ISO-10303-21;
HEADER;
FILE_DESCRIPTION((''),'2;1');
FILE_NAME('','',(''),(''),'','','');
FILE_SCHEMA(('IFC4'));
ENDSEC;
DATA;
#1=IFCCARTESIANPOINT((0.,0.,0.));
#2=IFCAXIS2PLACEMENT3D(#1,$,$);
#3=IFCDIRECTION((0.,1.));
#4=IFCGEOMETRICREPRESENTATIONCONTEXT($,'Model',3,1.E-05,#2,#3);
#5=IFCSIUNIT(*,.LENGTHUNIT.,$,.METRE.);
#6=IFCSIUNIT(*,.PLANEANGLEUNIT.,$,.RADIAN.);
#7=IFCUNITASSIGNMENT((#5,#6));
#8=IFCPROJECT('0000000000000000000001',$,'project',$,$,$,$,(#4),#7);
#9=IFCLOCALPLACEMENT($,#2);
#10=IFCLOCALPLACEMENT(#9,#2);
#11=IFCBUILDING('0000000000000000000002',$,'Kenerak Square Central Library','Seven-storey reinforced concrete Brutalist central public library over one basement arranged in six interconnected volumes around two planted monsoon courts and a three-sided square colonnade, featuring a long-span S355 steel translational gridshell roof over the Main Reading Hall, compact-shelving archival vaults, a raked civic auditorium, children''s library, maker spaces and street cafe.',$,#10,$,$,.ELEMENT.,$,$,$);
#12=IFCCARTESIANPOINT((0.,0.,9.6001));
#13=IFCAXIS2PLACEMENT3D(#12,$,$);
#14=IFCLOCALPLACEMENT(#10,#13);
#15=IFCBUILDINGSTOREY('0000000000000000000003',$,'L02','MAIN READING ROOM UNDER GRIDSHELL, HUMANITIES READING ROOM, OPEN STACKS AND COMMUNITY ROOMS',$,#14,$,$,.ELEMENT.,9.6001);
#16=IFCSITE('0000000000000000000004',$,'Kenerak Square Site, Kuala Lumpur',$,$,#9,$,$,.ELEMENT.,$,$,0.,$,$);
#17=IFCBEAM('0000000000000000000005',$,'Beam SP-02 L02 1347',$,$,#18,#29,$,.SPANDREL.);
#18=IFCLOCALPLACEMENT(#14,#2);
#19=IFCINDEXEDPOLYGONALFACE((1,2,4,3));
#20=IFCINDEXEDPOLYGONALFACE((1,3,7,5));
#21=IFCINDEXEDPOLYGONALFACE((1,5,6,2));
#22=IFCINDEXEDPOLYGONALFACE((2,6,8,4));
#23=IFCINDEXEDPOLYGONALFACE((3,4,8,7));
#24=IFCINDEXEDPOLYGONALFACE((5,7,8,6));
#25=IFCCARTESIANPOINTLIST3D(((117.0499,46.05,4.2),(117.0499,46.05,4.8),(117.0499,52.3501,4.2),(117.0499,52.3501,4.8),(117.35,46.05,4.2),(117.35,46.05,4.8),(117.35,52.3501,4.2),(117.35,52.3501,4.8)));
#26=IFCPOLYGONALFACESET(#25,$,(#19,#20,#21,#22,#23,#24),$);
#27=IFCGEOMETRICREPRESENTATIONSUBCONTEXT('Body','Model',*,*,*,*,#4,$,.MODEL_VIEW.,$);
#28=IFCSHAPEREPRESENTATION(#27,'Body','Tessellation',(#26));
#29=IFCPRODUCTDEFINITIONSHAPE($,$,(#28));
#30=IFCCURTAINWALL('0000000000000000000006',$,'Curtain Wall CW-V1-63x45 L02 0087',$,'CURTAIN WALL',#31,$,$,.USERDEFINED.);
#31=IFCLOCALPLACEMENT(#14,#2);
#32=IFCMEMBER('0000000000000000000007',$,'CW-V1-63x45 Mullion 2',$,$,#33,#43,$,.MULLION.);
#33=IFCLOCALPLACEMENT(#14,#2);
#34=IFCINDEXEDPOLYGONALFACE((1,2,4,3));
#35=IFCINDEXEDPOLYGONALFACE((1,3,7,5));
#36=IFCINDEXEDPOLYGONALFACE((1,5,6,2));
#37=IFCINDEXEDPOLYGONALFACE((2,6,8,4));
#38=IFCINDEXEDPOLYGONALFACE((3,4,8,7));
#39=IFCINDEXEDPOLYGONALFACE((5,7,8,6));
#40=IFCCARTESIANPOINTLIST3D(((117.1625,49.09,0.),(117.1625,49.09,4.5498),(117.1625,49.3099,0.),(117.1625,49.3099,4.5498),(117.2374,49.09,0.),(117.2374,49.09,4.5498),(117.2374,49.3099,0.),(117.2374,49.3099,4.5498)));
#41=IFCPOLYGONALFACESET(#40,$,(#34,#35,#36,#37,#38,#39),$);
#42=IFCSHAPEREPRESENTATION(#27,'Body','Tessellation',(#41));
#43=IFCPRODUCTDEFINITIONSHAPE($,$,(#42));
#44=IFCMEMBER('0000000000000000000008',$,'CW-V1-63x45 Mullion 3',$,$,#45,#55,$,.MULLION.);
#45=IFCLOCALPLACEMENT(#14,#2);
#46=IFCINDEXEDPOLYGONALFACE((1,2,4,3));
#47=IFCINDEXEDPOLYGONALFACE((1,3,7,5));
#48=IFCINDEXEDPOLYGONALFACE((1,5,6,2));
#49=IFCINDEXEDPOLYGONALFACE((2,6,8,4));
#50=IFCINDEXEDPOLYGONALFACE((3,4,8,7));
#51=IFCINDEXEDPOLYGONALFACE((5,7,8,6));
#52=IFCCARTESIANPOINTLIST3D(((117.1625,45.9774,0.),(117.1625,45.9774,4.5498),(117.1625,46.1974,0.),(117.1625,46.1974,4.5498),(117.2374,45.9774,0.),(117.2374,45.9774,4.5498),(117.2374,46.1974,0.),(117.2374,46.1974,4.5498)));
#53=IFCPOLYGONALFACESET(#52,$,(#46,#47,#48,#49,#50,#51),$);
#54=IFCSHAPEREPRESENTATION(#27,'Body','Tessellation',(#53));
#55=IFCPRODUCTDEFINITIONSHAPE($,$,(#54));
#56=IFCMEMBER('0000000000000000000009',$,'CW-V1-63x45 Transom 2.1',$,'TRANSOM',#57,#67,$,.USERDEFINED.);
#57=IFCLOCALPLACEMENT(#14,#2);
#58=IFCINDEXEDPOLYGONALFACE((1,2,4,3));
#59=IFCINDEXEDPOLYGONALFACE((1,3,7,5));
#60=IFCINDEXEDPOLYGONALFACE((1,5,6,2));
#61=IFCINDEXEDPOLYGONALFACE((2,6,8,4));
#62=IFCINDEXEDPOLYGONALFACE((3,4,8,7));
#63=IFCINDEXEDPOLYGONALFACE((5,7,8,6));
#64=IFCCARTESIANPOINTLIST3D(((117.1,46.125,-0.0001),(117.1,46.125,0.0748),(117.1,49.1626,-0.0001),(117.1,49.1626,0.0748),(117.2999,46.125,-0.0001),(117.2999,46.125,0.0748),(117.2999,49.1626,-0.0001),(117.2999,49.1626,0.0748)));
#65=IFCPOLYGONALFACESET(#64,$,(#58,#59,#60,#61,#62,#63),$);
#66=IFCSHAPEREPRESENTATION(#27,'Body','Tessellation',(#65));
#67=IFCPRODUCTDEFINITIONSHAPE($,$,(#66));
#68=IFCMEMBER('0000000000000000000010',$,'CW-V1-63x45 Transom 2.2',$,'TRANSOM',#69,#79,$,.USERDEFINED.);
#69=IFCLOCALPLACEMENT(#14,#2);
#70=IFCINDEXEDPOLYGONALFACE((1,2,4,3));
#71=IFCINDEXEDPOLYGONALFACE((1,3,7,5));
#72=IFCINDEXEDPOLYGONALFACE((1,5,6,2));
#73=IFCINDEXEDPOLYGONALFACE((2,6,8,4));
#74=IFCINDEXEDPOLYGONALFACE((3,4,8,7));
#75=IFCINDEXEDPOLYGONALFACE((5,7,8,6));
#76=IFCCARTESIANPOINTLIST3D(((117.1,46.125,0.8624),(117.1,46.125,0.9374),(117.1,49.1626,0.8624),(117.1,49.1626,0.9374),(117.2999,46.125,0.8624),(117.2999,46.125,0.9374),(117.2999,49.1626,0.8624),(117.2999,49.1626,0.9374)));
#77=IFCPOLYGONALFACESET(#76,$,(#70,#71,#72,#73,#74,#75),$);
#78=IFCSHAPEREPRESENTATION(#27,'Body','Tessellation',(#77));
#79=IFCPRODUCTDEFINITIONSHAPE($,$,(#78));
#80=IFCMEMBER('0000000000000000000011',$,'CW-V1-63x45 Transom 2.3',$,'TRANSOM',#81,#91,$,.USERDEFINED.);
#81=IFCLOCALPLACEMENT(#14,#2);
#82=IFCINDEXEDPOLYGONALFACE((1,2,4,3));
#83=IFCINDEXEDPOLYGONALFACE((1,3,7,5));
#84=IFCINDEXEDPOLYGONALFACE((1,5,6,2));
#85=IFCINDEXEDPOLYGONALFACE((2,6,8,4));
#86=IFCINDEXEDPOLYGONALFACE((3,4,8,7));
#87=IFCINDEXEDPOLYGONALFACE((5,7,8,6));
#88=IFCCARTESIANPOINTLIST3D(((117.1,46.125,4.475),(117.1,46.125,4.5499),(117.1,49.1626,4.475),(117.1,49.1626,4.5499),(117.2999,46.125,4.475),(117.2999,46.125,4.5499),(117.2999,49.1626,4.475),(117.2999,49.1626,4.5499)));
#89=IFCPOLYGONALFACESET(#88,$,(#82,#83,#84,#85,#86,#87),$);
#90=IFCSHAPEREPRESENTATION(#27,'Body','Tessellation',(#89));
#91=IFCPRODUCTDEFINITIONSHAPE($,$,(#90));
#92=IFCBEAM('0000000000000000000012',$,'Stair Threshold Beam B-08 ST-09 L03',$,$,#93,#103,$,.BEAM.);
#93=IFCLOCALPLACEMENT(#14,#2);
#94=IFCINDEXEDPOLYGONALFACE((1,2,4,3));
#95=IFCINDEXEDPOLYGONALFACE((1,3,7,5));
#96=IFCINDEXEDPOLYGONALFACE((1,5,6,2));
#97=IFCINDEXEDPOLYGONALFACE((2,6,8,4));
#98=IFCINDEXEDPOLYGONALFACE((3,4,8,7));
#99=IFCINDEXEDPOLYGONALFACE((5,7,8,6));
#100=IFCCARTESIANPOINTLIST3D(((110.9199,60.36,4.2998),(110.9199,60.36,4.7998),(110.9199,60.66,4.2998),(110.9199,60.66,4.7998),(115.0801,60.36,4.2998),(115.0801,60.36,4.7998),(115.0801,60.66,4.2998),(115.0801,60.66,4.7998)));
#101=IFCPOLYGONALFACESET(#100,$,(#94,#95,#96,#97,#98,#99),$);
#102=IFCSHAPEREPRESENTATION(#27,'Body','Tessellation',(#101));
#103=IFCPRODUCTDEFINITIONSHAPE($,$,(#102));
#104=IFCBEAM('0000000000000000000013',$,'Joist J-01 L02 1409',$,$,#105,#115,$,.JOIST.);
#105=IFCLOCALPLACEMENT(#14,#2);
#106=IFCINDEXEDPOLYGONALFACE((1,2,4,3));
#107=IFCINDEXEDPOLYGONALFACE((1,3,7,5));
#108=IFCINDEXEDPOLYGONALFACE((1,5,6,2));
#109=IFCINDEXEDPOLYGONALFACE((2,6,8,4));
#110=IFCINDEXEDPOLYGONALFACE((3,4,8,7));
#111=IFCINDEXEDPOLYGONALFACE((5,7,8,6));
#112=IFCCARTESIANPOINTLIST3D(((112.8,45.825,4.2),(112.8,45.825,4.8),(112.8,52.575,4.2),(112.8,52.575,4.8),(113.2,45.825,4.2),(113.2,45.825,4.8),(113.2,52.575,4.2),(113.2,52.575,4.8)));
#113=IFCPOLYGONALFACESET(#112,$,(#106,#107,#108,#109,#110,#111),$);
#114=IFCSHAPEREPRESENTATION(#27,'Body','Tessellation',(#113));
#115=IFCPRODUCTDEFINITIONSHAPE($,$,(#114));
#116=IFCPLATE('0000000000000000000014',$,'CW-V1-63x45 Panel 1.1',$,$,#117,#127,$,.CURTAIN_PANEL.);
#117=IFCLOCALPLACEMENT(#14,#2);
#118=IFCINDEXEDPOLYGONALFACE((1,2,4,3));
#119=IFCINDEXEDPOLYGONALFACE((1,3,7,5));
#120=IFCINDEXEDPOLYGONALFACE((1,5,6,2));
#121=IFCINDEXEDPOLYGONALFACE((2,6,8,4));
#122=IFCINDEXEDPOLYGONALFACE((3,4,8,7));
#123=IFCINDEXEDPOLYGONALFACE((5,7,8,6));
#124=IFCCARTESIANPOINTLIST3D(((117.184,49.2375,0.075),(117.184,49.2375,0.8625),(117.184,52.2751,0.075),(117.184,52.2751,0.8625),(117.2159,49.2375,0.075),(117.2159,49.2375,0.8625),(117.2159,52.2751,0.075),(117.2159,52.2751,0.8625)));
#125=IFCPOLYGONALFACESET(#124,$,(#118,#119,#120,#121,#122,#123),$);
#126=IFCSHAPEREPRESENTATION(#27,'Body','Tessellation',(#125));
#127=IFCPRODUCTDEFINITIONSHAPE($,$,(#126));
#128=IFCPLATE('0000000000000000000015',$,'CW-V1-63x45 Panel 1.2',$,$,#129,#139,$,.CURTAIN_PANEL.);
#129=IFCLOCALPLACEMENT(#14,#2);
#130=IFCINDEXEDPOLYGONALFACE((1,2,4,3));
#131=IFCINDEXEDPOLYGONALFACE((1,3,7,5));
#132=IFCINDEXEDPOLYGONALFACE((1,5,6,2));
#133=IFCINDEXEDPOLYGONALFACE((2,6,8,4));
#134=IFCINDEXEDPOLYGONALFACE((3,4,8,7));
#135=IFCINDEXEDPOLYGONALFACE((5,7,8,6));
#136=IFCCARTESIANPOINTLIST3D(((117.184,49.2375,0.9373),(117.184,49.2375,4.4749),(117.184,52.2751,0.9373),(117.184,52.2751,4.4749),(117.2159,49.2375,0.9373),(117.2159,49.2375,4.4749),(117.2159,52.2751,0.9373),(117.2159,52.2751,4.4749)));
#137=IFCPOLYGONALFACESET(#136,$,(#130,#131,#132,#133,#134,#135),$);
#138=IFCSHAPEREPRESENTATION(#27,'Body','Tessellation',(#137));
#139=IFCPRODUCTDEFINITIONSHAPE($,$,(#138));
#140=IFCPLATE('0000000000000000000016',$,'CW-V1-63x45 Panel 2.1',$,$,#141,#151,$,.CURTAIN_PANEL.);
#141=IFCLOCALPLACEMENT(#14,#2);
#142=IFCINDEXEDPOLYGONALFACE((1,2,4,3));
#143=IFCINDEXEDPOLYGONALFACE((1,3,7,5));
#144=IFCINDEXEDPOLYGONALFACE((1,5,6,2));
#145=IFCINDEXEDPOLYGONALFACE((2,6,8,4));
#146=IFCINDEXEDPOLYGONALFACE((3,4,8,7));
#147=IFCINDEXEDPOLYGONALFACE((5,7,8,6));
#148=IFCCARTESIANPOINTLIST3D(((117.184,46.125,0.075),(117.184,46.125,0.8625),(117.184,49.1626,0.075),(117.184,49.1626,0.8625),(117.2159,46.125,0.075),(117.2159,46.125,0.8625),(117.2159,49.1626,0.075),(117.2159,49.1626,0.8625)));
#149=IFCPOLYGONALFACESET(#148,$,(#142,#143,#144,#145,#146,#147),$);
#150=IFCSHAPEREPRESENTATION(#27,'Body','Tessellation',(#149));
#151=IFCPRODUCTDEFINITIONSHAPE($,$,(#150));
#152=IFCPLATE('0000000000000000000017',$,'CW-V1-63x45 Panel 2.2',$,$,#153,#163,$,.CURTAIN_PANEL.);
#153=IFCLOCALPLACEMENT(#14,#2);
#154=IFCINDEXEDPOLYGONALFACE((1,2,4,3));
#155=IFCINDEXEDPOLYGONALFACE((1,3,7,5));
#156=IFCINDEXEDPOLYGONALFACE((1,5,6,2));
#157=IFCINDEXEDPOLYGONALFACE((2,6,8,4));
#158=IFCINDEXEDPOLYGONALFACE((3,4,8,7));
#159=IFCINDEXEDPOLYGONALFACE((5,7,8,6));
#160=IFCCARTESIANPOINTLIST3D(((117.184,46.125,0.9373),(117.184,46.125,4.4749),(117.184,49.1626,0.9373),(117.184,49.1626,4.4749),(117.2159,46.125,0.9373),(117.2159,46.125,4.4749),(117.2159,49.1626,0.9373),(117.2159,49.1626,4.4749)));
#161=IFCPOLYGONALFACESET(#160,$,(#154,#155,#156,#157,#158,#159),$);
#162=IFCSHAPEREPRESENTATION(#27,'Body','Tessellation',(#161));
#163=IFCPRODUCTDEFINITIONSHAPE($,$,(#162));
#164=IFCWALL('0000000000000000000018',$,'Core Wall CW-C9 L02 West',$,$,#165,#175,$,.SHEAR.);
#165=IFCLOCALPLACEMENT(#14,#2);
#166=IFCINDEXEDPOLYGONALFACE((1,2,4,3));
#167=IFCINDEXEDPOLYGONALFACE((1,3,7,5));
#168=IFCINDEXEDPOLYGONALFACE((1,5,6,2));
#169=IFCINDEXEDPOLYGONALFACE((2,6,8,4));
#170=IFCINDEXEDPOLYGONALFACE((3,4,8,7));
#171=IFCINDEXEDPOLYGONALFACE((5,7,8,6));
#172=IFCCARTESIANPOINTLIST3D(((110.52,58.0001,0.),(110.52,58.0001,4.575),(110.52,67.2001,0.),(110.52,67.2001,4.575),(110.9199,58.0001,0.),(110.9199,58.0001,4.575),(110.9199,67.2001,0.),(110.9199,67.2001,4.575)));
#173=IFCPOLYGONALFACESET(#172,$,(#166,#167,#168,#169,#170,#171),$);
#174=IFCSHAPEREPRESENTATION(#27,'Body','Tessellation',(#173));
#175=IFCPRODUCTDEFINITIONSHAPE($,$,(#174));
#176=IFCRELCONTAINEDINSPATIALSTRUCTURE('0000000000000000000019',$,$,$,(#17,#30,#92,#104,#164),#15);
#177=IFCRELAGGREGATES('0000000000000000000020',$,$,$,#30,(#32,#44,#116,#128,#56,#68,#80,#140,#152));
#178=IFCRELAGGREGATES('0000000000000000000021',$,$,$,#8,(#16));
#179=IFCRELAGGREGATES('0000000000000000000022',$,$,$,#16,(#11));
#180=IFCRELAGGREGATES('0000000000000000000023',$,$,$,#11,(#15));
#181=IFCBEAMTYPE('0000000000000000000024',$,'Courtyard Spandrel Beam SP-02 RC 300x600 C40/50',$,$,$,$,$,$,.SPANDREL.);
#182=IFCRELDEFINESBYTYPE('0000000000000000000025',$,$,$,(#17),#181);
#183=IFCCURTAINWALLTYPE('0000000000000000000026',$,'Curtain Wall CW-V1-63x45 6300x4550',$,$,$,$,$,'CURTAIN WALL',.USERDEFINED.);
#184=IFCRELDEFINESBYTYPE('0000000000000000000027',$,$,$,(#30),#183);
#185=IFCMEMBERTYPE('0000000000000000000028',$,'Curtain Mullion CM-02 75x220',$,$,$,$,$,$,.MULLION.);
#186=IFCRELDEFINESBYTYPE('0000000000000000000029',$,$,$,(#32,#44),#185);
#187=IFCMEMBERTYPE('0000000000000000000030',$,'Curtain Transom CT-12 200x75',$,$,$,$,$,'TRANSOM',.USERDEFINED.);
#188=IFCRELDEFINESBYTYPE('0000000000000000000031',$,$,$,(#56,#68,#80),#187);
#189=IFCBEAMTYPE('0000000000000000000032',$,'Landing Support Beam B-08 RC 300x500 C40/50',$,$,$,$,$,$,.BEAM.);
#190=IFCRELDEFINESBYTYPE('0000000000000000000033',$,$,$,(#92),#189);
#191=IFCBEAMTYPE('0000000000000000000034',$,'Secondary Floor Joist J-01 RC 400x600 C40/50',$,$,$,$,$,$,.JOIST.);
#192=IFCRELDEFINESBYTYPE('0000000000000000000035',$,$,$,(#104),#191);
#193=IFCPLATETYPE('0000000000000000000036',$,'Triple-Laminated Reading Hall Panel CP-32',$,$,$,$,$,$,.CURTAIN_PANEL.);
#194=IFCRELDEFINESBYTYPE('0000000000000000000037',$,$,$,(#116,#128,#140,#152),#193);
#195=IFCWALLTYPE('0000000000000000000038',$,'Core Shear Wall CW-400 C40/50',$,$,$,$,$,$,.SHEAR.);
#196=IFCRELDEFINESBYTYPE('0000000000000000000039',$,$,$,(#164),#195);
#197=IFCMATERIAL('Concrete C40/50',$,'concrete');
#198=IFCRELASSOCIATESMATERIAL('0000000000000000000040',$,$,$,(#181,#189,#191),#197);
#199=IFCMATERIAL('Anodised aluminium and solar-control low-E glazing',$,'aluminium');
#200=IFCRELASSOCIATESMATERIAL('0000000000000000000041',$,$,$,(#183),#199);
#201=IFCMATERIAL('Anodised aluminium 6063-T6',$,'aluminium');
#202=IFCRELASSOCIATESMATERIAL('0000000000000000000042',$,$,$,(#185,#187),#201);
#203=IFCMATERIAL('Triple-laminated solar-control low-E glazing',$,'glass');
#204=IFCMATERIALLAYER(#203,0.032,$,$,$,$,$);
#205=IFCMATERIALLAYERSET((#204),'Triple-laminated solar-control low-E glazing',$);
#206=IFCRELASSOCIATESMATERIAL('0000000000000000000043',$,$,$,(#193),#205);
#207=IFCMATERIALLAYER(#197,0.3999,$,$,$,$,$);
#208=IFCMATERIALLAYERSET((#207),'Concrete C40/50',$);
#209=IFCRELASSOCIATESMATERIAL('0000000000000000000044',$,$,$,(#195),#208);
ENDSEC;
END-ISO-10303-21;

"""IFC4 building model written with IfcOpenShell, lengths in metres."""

from ifc_helpers import new_model, si_unit, direction, frame, frame_2d, origin, origin_2d, place, context, subcontext, project, spatial, rectangle, extrude, material, layer, layer_set, material_profile, profile_set, type_object, element, aggregate, save


model = new_model("IFC4")

# Units and contexts
model_context = context("Model", 3, precision=1e-05, world=origin(), true_north=direction((0.0, 1.0)))
body_context = subcontext(model_context, "Body", "Model", "MODEL_VIEW")
ifc_project = project(units=[si_unit("LENGTHUNIT", "METRE"), si_unit("PLANEANGLEUNIT", "RADIAN")], contexts=[model_context])

# Site, building, storey
site_placement = place(None, origin())
site = spatial("IfcSite", under=ifc_project, at=site_placement, Name="Kenerak Square Site, Kuala Lumpur", CompositionType="ELEMENT", RefElevation=0.0)
building_placement = place(site_placement, origin())
building = spatial("IfcBuilding", under=site, at=building_placement, Name="Kenerak Square Central Library", Description="Seven-storey reinforced concrete Brutalist central public library over one basement arranged in six interconnected volumes around two planted monsoon courts and a three-sided square colonnade, featuring a long-span S355 steel translational gridshell roof over the Main Reading Hall, compact-shelving archival vaults, a raked civic auditorium, children's library, maker spaces and street cafe.", CompositionType="ELEMENT")
storey_placement = place(building_placement, frame((0.0, 0.0, 9.6001)))
storey = spatial("IfcBuildingStorey", under=building, at=storey_placement, Name="L02", Description="MAIN READING ROOM UNDER GRIDSHELL, HUMANITIES READING ROOM, OPEN STACKS AND COMMUNITY ROOMS", CompositionType="ELEMENT", Elevation=9.6001)

# Beam
ifc_material_1 = material(Name="Concrete C40/50", Category="concrete")
ifc_material_profile_1 = material_profile(ifc_material_1, rectangle(XDim=0.3, YDim=0.6001, at=origin_2d()), Name="RC 300x600")
ifc_profile_set_1 = profile_set([ifc_material_profile_1], Name="Concrete C40/50")
beam_type_1 = type_object("IfcBeamType", Name="Courtyard Spandrel Beam SP-02 RC 300x600 C40/50", PredefinedType="SPANDREL", material=ifc_profile_set_1)
beam_1_placement = place(storey_placement, frame((117.2, 46.05, 4.5), z_axis=(0.0, 1.0, 0.0), x_axis=(-1.0, 0.0, 0.0)))
element("IfcBeam", 1, at=beam_1_placement, inside=storey, type_object=beam_type_1, Name="Beam SP-02 L02 1347", PredefinedType="SPANDREL", context=body_context, shape_type="SweptSolid", body=[
    extrude(rectangle(XDim=0.3, YDim=0.6001, at=origin_2d()), origin(), (0.0, 0.0, 1.0), 6.3),
])

# Curtain wall, members
ifc_material_2 = material(Name="Anodised aluminium and solar-control low-E glazing", Category="aluminium")
curtain_wall_type = type_object("IfcCurtainWallType", Name="Curtain Wall CW-V1-63x45 6300x4550", ElementType="CURTAIN WALL", PredefinedType="USERDEFINED", material=ifc_material_2)
curtain_wall_placement = place(storey_placement, origin())
curtain_wall = element("IfcCurtainWall", 2, at=curtain_wall_placement, inside=storey, type_object=curtain_wall_type, Name="Curtain Wall CW-V1-63x45 L02 0087", ObjectType="CURTAIN WALL", PredefinedType="USERDEFINED")
ifc_material_3 = material(Name="Anodised aluminium 6063-T6", Category="aluminium")
ifc_material_profile_2 = material_profile(ifc_material_3, rectangle(XDim=0.075, YDim=0.22, at=origin_2d()), Name="AL MULLION 75x220")
ifc_profile_set_2 = profile_set([ifc_material_profile_2], Name="Anodised aluminium 6063-T6")
member_type_1 = type_object("IfcMemberType", Name="Curtain Mullion CM-02 75x220", PredefinedType="MULLION", material=ifc_profile_set_2)
member_1_placement = place(storey_placement, frame((117.2, 49.2, 0.0), z_axis=(0.0, 0.0, 1.0), x_axis=(1.0, 0.0, 0.0)))
member_1 = element("IfcMember", 3, at=member_1_placement, type_object=member_type_1, Name="CW-V1-63x45 Mullion 2", PredefinedType="MULLION", context=body_context, shape_type="SweptSolid", body=[
    extrude(rectangle(XDim=0.075, YDim=0.22, at=origin_2d()), origin(), (0.0, 0.0, 1.0), 4.5498),
])
member_2_placement = place(storey_placement, frame((117.2, 46.0874, 0.0), z_axis=(0.0, 0.0, 1.0), x_axis=(1.0, 0.0, 0.0)))
member_2 = element("IfcMember", 4, at=member_2_placement, type_object=member_type_1, Name="CW-V1-63x45 Mullion 3", PredefinedType="MULLION", context=body_context, shape_type="SweptSolid", body=[
    extrude(rectangle(XDim=0.075, YDim=0.22, at=origin_2d()), origin(), (0.0, 0.0, 1.0), 4.5498),
])
ifc_material_profile_3 = material_profile(ifc_material_3, rectangle(XDim=0.2, YDim=0.075, at=origin_2d()), Name="AL TRANSOM 200x75")
ifc_profile_set_3 = profile_set([ifc_material_profile_3], Name="Anodised aluminium 6063-T6")
member_type_2 = type_object("IfcMemberType", Name="Curtain Transom CT-12 200x75", ElementType="TRANSOM", PredefinedType="USERDEFINED", material=ifc_profile_set_3)
member_3_placement = place(storey_placement, frame((117.2, 49.1626, 0.0374), z_axis=(0.0, -1.0, 0.0), x_axis=(1.0, 0.0, 0.0)))
member_3 = element("IfcMember", 5, at=member_3_placement, type_object=member_type_2, Name="CW-V1-63x45 Transom 2.1", ObjectType="TRANSOM", PredefinedType="USERDEFINED", context=body_context, shape_type="SweptSolid", body=[
    extrude(rectangle(XDim=0.2, YDim=0.075, at=origin_2d()), origin(), (0.0, 0.0, 1.0), 3.0376),
])
member_4_placement = place(storey_placement, frame((117.2, 49.1626, 0.8999), z_axis=(0.0, -1.0, 0.0), x_axis=(1.0, 0.0, 0.0)))
member_4 = element("IfcMember", 6, at=member_4_placement, type_object=member_type_2, Name="CW-V1-63x45 Transom 2.2", ObjectType="TRANSOM", PredefinedType="USERDEFINED", context=body_context, shape_type="SweptSolid", body=[
    extrude(rectangle(XDim=0.2, YDim=0.075, at=origin_2d()), origin(), (0.0, 0.0, 1.0), 3.0376),
])
member_5_placement = place(storey_placement, frame((117.2, 49.1626, 4.5125), z_axis=(0.0, -1.0, 0.0), x_axis=(1.0, 0.0, 0.0)))
member_5 = element("IfcMember", 7, at=member_5_placement, type_object=member_type_2, Name="CW-V1-63x45 Transom 2.3", ObjectType="TRANSOM", PredefinedType="USERDEFINED", context=body_context, shape_type="SweptSolid", body=[
    extrude(rectangle(XDim=0.2, YDim=0.075, at=origin_2d()), origin(), (0.0, 0.0, 1.0), 3.0376),
])

# Beams
ifc_material_profile_4 = material_profile(ifc_material_1, rectangle(XDim=0.3, YDim=0.5, at=origin_2d()), Name="RC 300x500")
ifc_profile_set_4 = profile_set([ifc_material_profile_4], Name="Concrete C40/50")
beam_type_2 = type_object("IfcBeamType", Name="Landing Support Beam B-08 RC 300x500 C40/50", PredefinedType="BEAM", material=ifc_profile_set_4)
beam_2_placement = place(storey_placement, frame((110.9199, 60.51, 4.5498), z_axis=(1.0, 0.0, 0.0), x_axis=(0.0, 1.0, 0.0)))
element("IfcBeam", 8, at=beam_2_placement, inside=storey, type_object=beam_type_2, Name="Stair Threshold Beam B-08 ST-09 L03", PredefinedType="BEAM", context=body_context, shape_type="SweptSolid", body=[
    extrude(rectangle(XDim=0.3, YDim=0.5, at=origin_2d()), origin(), (0.0, 0.0, 1.0), 4.1602),
])
ifc_material_profile_5 = material_profile(ifc_material_1, rectangle(XDim=0.3999, YDim=0.6001, at=origin_2d()), Name="RC 400x600")
ifc_profile_set_5 = profile_set([ifc_material_profile_5], Name="Concrete C40/50")
beam_type_3 = type_object("IfcBeamType", Name="Secondary Floor Joist J-01 RC 400x600 C40/50", PredefinedType="JOIST", material=ifc_profile_set_5)
beam_3_placement = place(storey_placement, frame((113.0, 45.825, 4.5), z_axis=(0.0, 1.0, 0.0), x_axis=(-1.0, 0.0, 0.0)))
element("IfcBeam", 9, at=beam_3_placement, inside=storey, type_object=beam_type_3, Name="Joist J-01 L02 1409", PredefinedType="JOIST", context=body_context, shape_type="SweptSolid", body=[
    extrude(rectangle(XDim=0.3999, YDim=0.6001, at=origin_2d()), origin(), (0.0, 0.0, 1.0), 6.75),
])

# Plates
ifc_material_4 = material(Name="Triple-laminated solar-control low-E glazing", Category="glass")
ifc_layer_1 = layer(ifc_material_4, 0.032)
ifc_layer_set_1 = layer_set([ifc_layer_1], Name="Triple-laminated solar-control low-E glazing")
plate_type = type_object("IfcPlateType", Name="Triple-Laminated Reading Hall Panel CP-32", PredefinedType="CURTAIN_PANEL", material=ifc_layer_set_1)
plate_1_placement = place(storey_placement, frame((117.2, 50.7563, 0.075), z_axis=(0.0, 0.0, 1.0), x_axis=(0.0, -1.0, 0.0)))
plate_1 = element("IfcPlate", 10, at=plate_1_placement, type_object=plate_type, Name="CW-V1-63x45 Panel 1.1", PredefinedType="CURTAIN_PANEL", context=body_context, shape_type="SweptSolid", body=[
    extrude(rectangle(XDim=3.0376, YDim=0.032, at=origin_2d()), origin(), (0.0, 0.0, 1.0), 0.7876),
])
plate_2_placement = place(storey_placement, frame((117.2, 50.7563, 0.9373), z_axis=(0.0, 0.0, 1.0), x_axis=(0.0, -1.0, 0.0)))
plate_2 = element("IfcPlate", 11, at=plate_2_placement, type_object=plate_type, Name="CW-V1-63x45 Panel 1.2", PredefinedType="CURTAIN_PANEL", context=body_context, shape_type="SweptSolid", body=[
    extrude(rectangle(XDim=3.0376, YDim=0.032, at=origin_2d()), origin(), (0.0, 0.0, 1.0), 3.5376),
])
plate_3_placement = place(storey_placement, frame((117.2, 47.6438, 0.075), z_axis=(0.0, 0.0, 1.0), x_axis=(0.0, -1.0, 0.0)))
plate_3 = element("IfcPlate", 12, at=plate_3_placement, type_object=plate_type, Name="CW-V1-63x45 Panel 2.1", PredefinedType="CURTAIN_PANEL", context=body_context, shape_type="SweptSolid", body=[
    extrude(rectangle(XDim=3.0376, YDim=0.032, at=origin_2d()), origin(), (0.0, 0.0, 1.0), 0.7876),
])
plate_4_placement = place(storey_placement, frame((117.2, 47.6438, 0.9373), z_axis=(0.0, 0.0, 1.0), x_axis=(0.0, -1.0, 0.0)))
plate_4 = element("IfcPlate", 13, at=plate_4_placement, type_object=plate_type, Name="CW-V1-63x45 Panel 2.2", PredefinedType="CURTAIN_PANEL", context=body_context, shape_type="SweptSolid", body=[
    extrude(rectangle(XDim=3.0376, YDim=0.032, at=origin_2d()), origin(), (0.0, 0.0, 1.0), 3.5376),
])
aggregate(curtain_wall, [member_1, member_2, plate_1, plate_2, member_3, member_4, member_5, plate_3, plate_4])

# Wall
ifc_layer_2 = layer(ifc_material_1, 0.3999)
ifc_layer_set_2 = layer_set([ifc_layer_2], Name="Concrete C40/50")
wall_type = type_object("IfcWallType", Name="Core Shear Wall CW-400 C40/50", PredefinedType="SHEAR", material=ifc_layer_set_2)
wall_1_placement = place(storey_placement, frame((110.72, 58.0, 0.0), z_axis=(0.0, 0.0, 1.0), x_axis=(0.0, 1.0, 0.0)))
element("IfcWall", 14, at=wall_1_placement, inside=storey, type_object=wall_type, Name="Core Wall CW-C9 L02 West", PredefinedType="SHEAR", context=body_context, shape_type="SweptSolid", body=[
    extrude(rectangle(XDim=9.2, YDim=0.3999, at=frame_2d((4.6001, 0.0))), origin(), (0.0, 0.0, 1.0), 4.575),
])

save(model, "model.ifc")
